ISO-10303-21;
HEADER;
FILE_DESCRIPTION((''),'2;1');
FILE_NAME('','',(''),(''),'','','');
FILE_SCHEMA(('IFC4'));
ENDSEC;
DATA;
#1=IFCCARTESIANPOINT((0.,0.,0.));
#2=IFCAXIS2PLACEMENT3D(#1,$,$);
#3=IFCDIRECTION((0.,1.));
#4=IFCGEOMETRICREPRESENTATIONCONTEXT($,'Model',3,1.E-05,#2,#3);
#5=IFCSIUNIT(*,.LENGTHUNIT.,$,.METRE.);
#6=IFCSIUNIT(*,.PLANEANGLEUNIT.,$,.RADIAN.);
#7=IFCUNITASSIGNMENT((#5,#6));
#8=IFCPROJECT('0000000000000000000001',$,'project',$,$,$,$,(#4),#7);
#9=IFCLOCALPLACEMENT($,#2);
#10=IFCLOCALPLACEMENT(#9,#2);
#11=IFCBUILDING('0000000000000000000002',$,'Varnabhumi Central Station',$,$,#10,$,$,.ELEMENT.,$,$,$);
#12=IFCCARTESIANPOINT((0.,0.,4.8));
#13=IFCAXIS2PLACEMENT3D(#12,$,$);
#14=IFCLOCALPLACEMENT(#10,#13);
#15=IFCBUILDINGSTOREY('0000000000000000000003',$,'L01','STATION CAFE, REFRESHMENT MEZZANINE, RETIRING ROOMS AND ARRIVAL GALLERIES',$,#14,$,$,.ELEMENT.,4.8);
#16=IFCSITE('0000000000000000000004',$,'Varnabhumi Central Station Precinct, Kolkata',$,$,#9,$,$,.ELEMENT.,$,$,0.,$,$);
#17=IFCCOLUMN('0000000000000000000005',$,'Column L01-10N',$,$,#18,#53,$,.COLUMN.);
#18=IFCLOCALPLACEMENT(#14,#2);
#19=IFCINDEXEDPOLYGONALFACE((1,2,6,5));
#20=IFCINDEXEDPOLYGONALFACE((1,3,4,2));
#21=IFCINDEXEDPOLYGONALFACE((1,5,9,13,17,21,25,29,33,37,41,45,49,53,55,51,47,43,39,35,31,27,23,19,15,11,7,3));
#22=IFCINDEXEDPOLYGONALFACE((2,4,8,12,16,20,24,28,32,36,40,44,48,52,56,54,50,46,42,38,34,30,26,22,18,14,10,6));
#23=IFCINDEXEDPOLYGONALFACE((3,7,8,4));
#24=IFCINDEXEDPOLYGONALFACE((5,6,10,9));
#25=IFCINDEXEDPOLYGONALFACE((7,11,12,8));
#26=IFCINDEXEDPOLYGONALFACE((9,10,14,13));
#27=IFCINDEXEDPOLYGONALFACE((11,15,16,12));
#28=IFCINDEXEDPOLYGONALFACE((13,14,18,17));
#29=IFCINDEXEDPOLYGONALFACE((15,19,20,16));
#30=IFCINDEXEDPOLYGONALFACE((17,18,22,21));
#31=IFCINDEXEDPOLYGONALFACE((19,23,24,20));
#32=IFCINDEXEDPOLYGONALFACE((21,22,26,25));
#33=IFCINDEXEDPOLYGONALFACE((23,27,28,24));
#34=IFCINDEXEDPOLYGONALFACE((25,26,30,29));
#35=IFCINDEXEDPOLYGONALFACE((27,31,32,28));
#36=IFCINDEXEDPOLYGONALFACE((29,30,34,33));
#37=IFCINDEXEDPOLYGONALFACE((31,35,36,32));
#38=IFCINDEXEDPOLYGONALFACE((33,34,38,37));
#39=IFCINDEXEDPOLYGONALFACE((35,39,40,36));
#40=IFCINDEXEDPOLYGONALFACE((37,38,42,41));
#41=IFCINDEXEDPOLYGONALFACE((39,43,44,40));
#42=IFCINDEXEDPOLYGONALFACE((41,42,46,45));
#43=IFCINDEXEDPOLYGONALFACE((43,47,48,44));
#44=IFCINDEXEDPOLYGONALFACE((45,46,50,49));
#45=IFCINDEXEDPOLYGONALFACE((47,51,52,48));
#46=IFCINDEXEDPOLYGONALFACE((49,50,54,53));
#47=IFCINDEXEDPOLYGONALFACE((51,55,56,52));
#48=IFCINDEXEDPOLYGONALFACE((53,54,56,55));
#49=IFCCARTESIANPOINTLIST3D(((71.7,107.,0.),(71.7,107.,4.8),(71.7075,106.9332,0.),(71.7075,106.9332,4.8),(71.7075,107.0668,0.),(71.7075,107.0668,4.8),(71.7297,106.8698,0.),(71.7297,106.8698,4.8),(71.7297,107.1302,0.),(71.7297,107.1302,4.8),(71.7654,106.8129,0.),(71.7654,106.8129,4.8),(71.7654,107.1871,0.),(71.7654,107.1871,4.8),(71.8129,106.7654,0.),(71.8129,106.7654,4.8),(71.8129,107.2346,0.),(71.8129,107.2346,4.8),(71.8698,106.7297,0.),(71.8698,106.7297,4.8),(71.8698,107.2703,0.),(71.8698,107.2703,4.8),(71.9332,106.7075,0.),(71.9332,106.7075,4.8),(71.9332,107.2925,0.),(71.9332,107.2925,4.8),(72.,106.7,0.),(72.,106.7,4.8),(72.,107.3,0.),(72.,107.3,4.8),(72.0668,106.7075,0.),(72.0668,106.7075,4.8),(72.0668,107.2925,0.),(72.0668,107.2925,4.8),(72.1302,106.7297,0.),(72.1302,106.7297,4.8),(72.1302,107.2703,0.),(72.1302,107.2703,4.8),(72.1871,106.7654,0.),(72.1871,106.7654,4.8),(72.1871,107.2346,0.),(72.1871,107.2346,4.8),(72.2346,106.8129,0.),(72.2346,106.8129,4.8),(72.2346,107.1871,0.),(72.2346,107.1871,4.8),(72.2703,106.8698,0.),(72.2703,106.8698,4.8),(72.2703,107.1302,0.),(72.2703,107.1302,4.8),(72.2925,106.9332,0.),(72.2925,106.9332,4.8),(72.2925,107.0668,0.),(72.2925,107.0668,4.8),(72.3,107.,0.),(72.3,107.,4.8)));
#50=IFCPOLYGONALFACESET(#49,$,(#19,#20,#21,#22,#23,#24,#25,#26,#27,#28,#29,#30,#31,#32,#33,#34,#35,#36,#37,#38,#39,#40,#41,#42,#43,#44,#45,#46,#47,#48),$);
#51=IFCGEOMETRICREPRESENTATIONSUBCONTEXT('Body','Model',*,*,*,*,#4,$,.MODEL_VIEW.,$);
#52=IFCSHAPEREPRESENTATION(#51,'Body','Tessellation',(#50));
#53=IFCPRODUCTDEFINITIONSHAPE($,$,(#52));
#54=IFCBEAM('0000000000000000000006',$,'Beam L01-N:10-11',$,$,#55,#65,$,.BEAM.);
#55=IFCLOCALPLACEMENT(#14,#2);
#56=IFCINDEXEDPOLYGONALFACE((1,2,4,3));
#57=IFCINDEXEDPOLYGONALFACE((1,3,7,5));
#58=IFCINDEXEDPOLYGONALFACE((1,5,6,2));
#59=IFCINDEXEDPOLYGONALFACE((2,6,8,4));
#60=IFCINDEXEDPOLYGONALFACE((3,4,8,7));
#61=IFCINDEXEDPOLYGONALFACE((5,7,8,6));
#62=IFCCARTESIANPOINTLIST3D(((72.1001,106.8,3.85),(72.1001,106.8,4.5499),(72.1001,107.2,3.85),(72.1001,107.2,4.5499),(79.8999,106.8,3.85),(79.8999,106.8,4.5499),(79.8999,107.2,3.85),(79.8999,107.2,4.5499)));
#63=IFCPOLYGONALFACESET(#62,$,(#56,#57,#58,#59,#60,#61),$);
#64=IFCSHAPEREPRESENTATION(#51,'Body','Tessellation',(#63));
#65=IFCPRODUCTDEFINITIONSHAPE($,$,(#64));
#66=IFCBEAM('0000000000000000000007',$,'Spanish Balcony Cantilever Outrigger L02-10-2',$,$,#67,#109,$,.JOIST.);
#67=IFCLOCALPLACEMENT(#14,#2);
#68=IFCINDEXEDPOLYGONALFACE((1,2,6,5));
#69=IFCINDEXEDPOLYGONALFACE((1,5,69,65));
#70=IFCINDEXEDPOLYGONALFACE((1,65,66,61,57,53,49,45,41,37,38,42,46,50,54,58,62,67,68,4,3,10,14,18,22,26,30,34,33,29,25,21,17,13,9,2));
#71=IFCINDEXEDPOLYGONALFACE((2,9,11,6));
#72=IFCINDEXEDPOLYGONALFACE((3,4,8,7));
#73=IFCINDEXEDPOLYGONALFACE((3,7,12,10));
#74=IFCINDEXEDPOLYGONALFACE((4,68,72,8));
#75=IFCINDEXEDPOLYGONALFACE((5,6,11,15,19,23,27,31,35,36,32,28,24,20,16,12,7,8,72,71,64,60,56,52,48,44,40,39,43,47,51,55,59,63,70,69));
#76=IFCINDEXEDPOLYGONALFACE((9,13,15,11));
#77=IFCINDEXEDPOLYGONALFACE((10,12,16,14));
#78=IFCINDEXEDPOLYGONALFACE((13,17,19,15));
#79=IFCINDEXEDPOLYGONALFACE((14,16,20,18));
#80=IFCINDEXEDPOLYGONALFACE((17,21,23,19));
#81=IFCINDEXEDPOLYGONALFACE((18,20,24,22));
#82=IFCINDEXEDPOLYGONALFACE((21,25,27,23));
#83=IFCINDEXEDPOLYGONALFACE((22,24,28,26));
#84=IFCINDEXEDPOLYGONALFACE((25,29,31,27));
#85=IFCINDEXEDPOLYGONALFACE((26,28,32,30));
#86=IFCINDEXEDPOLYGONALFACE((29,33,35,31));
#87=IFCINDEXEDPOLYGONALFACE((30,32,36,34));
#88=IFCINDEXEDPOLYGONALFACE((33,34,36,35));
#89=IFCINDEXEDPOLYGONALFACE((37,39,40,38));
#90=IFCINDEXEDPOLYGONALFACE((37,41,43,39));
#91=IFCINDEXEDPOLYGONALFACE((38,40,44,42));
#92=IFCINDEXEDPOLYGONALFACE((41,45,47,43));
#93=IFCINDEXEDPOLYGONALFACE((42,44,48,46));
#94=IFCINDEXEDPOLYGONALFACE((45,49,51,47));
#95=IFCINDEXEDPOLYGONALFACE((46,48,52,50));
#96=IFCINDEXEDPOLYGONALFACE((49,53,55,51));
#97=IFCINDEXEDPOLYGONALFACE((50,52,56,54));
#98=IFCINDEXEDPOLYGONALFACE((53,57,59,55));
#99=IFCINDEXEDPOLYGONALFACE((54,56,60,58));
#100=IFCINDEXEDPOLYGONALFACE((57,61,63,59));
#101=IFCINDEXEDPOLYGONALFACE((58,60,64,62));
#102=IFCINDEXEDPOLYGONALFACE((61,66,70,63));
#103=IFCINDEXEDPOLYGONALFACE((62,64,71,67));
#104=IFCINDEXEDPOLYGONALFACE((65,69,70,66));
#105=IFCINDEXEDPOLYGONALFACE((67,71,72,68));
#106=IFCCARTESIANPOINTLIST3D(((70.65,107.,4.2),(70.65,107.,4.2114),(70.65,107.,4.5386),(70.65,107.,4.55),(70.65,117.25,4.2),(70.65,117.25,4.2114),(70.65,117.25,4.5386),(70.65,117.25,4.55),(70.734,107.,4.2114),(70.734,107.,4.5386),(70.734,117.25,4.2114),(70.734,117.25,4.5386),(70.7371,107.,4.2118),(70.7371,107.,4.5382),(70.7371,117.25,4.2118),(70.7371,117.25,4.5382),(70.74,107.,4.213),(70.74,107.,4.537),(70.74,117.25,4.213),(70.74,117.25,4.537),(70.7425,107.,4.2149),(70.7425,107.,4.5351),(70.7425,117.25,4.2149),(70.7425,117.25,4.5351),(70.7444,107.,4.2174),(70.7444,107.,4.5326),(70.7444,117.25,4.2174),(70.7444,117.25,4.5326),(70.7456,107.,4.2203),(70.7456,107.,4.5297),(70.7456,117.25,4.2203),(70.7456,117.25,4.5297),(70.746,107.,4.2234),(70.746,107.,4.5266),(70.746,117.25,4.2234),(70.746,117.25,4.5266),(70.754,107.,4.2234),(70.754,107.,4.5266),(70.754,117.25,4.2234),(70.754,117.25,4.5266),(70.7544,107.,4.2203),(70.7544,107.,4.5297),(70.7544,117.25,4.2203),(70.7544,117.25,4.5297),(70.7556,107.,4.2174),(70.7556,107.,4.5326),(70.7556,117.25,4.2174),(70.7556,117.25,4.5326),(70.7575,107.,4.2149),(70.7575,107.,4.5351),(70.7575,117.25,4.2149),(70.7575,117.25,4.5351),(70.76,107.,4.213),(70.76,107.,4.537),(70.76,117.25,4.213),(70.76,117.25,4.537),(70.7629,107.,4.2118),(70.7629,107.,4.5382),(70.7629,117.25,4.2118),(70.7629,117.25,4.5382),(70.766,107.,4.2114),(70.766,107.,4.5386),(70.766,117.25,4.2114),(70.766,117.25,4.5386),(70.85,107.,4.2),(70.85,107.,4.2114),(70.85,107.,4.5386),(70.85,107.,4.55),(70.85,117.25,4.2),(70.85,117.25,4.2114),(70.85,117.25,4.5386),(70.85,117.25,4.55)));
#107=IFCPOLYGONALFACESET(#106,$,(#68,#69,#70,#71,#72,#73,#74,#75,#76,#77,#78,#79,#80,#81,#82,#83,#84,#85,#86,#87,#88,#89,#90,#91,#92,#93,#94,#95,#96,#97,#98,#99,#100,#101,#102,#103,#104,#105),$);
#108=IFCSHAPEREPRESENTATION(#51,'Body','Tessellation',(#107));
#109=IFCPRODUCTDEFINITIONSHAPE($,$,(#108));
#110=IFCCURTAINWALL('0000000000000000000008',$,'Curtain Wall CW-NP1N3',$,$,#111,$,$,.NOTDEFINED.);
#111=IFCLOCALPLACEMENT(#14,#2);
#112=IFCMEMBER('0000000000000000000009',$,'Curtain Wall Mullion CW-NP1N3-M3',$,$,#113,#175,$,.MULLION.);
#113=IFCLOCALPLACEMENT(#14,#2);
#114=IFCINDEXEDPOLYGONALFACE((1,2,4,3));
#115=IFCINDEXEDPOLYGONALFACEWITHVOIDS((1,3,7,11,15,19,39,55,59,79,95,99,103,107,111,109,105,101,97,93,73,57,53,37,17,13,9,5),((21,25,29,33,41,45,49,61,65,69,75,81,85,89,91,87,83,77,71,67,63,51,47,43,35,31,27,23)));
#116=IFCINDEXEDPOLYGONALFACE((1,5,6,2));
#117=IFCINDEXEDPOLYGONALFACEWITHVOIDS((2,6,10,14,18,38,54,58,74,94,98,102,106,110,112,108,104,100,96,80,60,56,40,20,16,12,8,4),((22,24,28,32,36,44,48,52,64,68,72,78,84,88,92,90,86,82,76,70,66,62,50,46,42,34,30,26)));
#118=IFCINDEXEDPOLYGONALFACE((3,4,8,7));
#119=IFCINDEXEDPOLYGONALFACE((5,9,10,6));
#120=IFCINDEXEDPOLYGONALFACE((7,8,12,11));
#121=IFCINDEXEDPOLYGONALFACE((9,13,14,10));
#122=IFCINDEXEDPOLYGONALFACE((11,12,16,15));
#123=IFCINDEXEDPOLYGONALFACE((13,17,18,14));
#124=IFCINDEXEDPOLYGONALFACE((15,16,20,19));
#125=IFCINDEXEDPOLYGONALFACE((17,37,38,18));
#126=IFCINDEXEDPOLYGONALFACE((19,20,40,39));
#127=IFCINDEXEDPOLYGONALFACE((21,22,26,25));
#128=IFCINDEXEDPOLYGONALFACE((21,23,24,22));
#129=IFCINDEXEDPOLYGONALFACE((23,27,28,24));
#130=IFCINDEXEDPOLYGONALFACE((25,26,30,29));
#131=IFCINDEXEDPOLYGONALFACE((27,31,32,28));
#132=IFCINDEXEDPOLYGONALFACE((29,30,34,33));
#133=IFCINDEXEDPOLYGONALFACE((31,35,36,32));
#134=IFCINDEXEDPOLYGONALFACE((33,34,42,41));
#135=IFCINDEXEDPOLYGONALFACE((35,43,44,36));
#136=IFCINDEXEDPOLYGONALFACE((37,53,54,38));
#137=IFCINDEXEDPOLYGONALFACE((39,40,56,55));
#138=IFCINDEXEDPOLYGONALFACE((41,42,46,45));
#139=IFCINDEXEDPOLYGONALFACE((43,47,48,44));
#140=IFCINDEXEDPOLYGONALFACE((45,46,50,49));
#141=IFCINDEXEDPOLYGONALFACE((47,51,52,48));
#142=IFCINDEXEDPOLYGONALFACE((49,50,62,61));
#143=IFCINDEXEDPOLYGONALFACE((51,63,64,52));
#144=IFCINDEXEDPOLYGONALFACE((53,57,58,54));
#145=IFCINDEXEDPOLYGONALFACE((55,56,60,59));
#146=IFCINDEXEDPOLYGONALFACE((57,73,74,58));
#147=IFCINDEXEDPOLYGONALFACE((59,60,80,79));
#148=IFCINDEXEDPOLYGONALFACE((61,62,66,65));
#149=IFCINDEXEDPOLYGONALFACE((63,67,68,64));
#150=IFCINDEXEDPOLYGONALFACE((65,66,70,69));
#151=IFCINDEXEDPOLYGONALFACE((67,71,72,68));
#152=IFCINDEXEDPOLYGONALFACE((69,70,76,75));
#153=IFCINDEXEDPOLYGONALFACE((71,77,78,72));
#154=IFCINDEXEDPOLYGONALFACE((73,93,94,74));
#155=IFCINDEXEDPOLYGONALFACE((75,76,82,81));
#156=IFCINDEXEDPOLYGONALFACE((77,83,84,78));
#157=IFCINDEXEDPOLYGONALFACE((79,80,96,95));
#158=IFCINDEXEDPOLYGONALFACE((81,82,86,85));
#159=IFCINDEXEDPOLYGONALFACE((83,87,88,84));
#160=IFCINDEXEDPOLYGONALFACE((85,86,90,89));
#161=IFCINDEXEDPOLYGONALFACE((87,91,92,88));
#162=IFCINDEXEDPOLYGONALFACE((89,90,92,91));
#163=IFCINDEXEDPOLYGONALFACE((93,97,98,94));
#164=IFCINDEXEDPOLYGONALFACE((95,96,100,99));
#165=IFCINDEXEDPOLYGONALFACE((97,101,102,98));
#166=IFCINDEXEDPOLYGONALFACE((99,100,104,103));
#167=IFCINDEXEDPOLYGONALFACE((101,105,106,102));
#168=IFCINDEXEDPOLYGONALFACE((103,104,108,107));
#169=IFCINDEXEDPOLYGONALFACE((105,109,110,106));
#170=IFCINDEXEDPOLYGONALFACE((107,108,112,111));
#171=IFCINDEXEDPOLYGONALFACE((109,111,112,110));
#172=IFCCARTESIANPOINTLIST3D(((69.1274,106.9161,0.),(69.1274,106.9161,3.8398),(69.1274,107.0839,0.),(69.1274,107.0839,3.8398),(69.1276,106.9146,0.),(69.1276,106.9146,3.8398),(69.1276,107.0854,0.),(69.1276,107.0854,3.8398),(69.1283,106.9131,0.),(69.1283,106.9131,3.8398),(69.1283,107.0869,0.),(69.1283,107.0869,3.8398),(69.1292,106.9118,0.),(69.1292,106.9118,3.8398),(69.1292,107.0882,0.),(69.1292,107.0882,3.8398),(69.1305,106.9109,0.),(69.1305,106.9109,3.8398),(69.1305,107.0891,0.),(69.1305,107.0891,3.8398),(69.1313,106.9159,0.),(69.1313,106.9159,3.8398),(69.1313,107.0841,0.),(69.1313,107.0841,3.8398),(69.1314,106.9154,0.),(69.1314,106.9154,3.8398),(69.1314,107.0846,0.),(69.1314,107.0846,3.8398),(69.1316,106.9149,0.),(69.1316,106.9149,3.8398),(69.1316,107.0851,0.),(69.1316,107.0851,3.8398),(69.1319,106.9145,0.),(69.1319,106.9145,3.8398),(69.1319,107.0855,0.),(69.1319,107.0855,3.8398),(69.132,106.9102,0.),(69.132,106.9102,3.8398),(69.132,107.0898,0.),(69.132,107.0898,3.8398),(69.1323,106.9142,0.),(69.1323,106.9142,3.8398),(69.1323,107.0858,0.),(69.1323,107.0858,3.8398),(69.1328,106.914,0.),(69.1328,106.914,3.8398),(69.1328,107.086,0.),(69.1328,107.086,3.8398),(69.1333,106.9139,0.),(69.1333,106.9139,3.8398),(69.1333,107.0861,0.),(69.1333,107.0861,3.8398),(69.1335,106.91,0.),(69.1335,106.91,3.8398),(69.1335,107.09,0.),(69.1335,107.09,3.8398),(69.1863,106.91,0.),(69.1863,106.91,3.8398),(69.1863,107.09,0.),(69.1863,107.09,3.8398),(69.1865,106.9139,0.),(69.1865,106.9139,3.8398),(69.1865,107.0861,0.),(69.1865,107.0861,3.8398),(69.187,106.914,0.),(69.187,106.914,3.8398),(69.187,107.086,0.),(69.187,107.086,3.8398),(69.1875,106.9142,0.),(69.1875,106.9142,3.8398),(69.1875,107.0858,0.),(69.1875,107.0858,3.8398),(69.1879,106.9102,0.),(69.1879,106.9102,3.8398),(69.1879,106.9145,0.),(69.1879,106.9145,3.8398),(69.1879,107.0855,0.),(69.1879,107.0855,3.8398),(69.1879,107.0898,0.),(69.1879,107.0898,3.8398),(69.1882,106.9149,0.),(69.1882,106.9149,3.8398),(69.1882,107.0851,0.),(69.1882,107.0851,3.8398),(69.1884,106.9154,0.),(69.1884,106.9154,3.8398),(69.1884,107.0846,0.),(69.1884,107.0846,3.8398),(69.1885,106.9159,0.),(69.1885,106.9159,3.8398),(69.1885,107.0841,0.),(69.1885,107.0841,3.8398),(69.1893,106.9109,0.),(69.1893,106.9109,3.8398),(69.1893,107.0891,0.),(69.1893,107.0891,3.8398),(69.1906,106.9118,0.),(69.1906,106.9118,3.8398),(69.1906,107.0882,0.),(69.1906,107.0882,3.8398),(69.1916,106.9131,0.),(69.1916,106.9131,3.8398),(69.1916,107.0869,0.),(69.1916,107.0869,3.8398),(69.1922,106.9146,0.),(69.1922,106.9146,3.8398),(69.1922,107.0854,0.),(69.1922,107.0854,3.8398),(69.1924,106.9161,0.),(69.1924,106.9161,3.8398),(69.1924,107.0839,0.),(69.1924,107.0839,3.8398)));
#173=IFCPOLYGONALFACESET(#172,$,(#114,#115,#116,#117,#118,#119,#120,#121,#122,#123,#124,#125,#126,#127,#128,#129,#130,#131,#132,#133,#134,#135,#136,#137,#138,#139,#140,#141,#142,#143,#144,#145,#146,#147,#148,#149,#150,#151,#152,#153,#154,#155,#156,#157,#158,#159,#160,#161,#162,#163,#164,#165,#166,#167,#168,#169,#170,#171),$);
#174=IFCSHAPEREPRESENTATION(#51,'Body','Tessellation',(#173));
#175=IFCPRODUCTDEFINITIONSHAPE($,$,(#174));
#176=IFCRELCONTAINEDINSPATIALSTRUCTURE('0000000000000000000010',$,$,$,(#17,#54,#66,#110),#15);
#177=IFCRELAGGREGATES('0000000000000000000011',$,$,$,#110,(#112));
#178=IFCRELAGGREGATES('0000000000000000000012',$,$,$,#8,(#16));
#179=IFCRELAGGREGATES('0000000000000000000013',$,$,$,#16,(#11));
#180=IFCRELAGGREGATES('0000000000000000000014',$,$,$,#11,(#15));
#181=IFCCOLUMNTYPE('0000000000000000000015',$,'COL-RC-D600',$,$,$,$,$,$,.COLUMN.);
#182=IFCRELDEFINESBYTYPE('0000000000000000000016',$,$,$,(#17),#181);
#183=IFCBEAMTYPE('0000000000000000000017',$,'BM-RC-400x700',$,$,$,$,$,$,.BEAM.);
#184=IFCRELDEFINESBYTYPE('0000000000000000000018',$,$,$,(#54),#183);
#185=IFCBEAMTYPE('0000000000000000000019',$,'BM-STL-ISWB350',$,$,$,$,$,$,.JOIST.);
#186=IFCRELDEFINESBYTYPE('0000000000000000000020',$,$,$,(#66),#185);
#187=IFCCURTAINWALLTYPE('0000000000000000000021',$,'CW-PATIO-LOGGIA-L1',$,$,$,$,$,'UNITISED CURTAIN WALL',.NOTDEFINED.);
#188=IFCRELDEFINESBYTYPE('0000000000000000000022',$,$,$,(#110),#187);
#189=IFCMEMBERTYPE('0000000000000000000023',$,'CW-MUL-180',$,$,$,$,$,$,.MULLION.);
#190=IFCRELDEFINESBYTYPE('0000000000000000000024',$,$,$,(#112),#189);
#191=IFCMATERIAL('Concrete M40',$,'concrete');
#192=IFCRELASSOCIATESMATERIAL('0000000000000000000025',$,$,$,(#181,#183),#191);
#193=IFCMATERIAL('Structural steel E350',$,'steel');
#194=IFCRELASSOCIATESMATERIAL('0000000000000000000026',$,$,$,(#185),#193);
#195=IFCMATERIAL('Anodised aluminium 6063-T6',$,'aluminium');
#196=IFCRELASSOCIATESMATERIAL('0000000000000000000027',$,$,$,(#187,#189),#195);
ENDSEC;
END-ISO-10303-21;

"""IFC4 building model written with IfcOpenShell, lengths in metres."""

from ifc_helpers import new_model, si_unit, direction, frame, origin, origin_2d, place, context, subcontext, project, spatial, rectangle, hollow_rectangle, circle, i_section, extrude, material, material_profile, profile_set, type_object, element, aggregate, save


model = new_model("IFC4")

# Units and contexts
model_context = context("Model", 3, precision=1e-05, world=origin(), true_north=direction((0.0, 1.0)))
body_context = subcontext(model_context, "Body", "Model", "MODEL_VIEW")
ifc_project = project(units=[si_unit("LENGTHUNIT", "METRE"), si_unit("PLANEANGLEUNIT", "RADIAN")], contexts=[model_context])

# Site, building, storey
site_placement = place(None, origin())
site = spatial("IfcSite", under=ifc_project, at=site_placement, Name="Varnabhumi Central Station Precinct, Kolkata", CompositionType="ELEMENT", RefElevation=0.0)
building_placement = place(site_placement, origin())
building = spatial("IfcBuilding", under=site, at=building_placement, Name="Varnabhumi Central Station", CompositionType="ELEMENT")
storey_placement = place(building_placement, frame((0.0, 0.0, 4.8)))
storey = spatial("IfcBuildingStorey", under=building, at=storey_placement, Name="L01", Description="STATION CAFE, REFRESHMENT MEZZANINE, RETIRING ROOMS AND ARRIVAL GALLERIES", CompositionType="ELEMENT", Elevation=4.8)

# Column
ifc_material_1 = material(Name="Concrete M40", Category="concrete")
ifc_material_profile_1 = material_profile(ifc_material_1, circle(Radius=0.3, at=origin_2d()), Name="Concrete M40", Category="concrete")
ifc_profile_set_1 = profile_set([ifc_material_profile_1], Name="Concrete M40")
column_type = type_object("IfcColumnType", Name="COL-RC-D600", PredefinedType="COLUMN", material=ifc_profile_set_1)
column_placement = place(storey_placement, frame((72.0, 107.0, 0.0), z_axis=(0.0, 0.0, 1.0), x_axis=(1.0, 0.0, 0.0)))
element("IfcColumn", 1, at=column_placement, inside=storey, type_object=column_type, Name="Column L01-10N", PredefinedType="COLUMN", context=body_context, shape_type="SweptSolid", body=[
    extrude(circle(Radius=0.3, at=origin_2d()), origin(), (0.0, 0.0, 1.0), 4.8),
])

# Beams
ifc_material_profile_2 = material_profile(ifc_material_1, rectangle(XDim=0.3999, YDim=0.7, at=origin_2d()), Name="Concrete M40", Category="concrete")
ifc_profile_set_2 = profile_set([ifc_material_profile_2], Name="Concrete M40")
beam_type_1 = type_object("IfcBeamType", Name="BM-RC-400x700", PredefinedType="BEAM", material=ifc_profile_set_2)
beam_1_placement = place(storey_placement, frame((72.1001, 107.0, 4.2), z_axis=(1.0, 0.0, 0.0), x_axis=(0.0, 1.0, 0.0)))
element("IfcBeam", 2, at=beam_1_placement, inside=storey, type_object=beam_type_1, Name="Beam L01-N:10-11", PredefinedType="BEAM", context=body_context, shape_type="SweptSolid", body=[
    extrude(rectangle(XDim=0.3999, YDim=0.7, at=origin_2d()), origin(), (0.0, 0.0, 1.0), 7.7998),
])
ifc_material_2 = material(Name="Structural steel E350", Category="steel")
ifc_material_profile_3 = material_profile(ifc_material_2, i_section(OverallWidth=0.2, OverallDepth=0.3501, WebThickness=0.0081, FlangeThickness=0.0115, FilletRadius=0.012, at=origin_2d()), Name="Structural steel E350", Category="steel")
ifc_profile_set_3 = profile_set([ifc_material_profile_3], Name="Structural steel E350")
beam_type_2 = type_object("IfcBeamType", Name="BM-STL-ISWB350", PredefinedType="JOIST", material=ifc_profile_set_3)
beam_2_placement = place(storey_placement, frame((70.75, 107.0, 4.375), z_axis=(0.0, 1.0, 0.0), x_axis=(-1.0, 0.0, 0.0)))
element("IfcBeam", 3, at=beam_2_placement, inside=storey, type_object=beam_type_2, Name="Spanish Balcony Cantilever Outrigger L02-10-2", PredefinedType="JOIST", context=body_context, shape_type="SweptSolid", body=[
    extrude(i_section(OverallWidth=0.2, OverallDepth=0.3501, WebThickness=0.0081, FlangeThickness=0.0115, FilletRadius=0.012, at=origin_2d()), origin(), (0.0, 0.0, 1.0), 10.25),
])

# Curtain wall, member
ifc_material_3 = material(Name="Anodised aluminium 6063-T6", Category="aluminium")
curtain_wall_type = type_object("IfcCurtainWallType", Name="CW-PATIO-LOGGIA-L1", ElementType="UNITISED CURTAIN WALL", PredefinedType="NOTDEFINED", material=ifc_material_3)
curtain_wall_1_placement = place(storey_placement, origin())
curtain_wall_1 = element("IfcCurtainWall", 4, at=curtain_wall_1_placement, inside=storey, type_object=curtain_wall_type, Name="Curtain Wall CW-NP1N3", PredefinedType="NOTDEFINED")
ifc_material_profile_4 = material_profile(ifc_material_3, hollow_rectangle(XDim=0.0649, YDim=0.1799, WallThickness=0.0039, InnerFilletRadius=0.002, OuterFilletRadius=0.0061, at=origin_2d()), Name="Anodised aluminium 6063-T6", Category="aluminium")
ifc_profile_set_4 = profile_set([ifc_material_profile_4], Name="Anodised aluminium 6063-T6")
member_type_1 = type_object("IfcMemberType", Name="CW-MUL-180", PredefinedType="MULLION", material=ifc_profile_set_4)
member_1_placement = place(storey_placement, frame((69.1599, 107.0, 0.0), z_axis=(0.0, 0.0, 1.0), x_axis=(1.0, 0.0, 0.0)))
member_1 = element("IfcMember", 5, at=member_1_placement, type_object=member_type_1, Name="Curtain Wall Mullion CW-NP1N3-M3", PredefinedType="MULLION", context=body_context, shape_type="SweptSolid", body=[
    extrude(hollow_rectangle(XDim=0.0649, YDim=0.1799, WallThickness=0.0039, InnerFilletRadius=0.002, OuterFilletRadius=0.0061, at=origin_2d()), origin(), (0.0, 0.0, 1.0), 3.8398),
])

aggregate(curtain_wall_1, [member_1])

save(model, "model.ifc")
